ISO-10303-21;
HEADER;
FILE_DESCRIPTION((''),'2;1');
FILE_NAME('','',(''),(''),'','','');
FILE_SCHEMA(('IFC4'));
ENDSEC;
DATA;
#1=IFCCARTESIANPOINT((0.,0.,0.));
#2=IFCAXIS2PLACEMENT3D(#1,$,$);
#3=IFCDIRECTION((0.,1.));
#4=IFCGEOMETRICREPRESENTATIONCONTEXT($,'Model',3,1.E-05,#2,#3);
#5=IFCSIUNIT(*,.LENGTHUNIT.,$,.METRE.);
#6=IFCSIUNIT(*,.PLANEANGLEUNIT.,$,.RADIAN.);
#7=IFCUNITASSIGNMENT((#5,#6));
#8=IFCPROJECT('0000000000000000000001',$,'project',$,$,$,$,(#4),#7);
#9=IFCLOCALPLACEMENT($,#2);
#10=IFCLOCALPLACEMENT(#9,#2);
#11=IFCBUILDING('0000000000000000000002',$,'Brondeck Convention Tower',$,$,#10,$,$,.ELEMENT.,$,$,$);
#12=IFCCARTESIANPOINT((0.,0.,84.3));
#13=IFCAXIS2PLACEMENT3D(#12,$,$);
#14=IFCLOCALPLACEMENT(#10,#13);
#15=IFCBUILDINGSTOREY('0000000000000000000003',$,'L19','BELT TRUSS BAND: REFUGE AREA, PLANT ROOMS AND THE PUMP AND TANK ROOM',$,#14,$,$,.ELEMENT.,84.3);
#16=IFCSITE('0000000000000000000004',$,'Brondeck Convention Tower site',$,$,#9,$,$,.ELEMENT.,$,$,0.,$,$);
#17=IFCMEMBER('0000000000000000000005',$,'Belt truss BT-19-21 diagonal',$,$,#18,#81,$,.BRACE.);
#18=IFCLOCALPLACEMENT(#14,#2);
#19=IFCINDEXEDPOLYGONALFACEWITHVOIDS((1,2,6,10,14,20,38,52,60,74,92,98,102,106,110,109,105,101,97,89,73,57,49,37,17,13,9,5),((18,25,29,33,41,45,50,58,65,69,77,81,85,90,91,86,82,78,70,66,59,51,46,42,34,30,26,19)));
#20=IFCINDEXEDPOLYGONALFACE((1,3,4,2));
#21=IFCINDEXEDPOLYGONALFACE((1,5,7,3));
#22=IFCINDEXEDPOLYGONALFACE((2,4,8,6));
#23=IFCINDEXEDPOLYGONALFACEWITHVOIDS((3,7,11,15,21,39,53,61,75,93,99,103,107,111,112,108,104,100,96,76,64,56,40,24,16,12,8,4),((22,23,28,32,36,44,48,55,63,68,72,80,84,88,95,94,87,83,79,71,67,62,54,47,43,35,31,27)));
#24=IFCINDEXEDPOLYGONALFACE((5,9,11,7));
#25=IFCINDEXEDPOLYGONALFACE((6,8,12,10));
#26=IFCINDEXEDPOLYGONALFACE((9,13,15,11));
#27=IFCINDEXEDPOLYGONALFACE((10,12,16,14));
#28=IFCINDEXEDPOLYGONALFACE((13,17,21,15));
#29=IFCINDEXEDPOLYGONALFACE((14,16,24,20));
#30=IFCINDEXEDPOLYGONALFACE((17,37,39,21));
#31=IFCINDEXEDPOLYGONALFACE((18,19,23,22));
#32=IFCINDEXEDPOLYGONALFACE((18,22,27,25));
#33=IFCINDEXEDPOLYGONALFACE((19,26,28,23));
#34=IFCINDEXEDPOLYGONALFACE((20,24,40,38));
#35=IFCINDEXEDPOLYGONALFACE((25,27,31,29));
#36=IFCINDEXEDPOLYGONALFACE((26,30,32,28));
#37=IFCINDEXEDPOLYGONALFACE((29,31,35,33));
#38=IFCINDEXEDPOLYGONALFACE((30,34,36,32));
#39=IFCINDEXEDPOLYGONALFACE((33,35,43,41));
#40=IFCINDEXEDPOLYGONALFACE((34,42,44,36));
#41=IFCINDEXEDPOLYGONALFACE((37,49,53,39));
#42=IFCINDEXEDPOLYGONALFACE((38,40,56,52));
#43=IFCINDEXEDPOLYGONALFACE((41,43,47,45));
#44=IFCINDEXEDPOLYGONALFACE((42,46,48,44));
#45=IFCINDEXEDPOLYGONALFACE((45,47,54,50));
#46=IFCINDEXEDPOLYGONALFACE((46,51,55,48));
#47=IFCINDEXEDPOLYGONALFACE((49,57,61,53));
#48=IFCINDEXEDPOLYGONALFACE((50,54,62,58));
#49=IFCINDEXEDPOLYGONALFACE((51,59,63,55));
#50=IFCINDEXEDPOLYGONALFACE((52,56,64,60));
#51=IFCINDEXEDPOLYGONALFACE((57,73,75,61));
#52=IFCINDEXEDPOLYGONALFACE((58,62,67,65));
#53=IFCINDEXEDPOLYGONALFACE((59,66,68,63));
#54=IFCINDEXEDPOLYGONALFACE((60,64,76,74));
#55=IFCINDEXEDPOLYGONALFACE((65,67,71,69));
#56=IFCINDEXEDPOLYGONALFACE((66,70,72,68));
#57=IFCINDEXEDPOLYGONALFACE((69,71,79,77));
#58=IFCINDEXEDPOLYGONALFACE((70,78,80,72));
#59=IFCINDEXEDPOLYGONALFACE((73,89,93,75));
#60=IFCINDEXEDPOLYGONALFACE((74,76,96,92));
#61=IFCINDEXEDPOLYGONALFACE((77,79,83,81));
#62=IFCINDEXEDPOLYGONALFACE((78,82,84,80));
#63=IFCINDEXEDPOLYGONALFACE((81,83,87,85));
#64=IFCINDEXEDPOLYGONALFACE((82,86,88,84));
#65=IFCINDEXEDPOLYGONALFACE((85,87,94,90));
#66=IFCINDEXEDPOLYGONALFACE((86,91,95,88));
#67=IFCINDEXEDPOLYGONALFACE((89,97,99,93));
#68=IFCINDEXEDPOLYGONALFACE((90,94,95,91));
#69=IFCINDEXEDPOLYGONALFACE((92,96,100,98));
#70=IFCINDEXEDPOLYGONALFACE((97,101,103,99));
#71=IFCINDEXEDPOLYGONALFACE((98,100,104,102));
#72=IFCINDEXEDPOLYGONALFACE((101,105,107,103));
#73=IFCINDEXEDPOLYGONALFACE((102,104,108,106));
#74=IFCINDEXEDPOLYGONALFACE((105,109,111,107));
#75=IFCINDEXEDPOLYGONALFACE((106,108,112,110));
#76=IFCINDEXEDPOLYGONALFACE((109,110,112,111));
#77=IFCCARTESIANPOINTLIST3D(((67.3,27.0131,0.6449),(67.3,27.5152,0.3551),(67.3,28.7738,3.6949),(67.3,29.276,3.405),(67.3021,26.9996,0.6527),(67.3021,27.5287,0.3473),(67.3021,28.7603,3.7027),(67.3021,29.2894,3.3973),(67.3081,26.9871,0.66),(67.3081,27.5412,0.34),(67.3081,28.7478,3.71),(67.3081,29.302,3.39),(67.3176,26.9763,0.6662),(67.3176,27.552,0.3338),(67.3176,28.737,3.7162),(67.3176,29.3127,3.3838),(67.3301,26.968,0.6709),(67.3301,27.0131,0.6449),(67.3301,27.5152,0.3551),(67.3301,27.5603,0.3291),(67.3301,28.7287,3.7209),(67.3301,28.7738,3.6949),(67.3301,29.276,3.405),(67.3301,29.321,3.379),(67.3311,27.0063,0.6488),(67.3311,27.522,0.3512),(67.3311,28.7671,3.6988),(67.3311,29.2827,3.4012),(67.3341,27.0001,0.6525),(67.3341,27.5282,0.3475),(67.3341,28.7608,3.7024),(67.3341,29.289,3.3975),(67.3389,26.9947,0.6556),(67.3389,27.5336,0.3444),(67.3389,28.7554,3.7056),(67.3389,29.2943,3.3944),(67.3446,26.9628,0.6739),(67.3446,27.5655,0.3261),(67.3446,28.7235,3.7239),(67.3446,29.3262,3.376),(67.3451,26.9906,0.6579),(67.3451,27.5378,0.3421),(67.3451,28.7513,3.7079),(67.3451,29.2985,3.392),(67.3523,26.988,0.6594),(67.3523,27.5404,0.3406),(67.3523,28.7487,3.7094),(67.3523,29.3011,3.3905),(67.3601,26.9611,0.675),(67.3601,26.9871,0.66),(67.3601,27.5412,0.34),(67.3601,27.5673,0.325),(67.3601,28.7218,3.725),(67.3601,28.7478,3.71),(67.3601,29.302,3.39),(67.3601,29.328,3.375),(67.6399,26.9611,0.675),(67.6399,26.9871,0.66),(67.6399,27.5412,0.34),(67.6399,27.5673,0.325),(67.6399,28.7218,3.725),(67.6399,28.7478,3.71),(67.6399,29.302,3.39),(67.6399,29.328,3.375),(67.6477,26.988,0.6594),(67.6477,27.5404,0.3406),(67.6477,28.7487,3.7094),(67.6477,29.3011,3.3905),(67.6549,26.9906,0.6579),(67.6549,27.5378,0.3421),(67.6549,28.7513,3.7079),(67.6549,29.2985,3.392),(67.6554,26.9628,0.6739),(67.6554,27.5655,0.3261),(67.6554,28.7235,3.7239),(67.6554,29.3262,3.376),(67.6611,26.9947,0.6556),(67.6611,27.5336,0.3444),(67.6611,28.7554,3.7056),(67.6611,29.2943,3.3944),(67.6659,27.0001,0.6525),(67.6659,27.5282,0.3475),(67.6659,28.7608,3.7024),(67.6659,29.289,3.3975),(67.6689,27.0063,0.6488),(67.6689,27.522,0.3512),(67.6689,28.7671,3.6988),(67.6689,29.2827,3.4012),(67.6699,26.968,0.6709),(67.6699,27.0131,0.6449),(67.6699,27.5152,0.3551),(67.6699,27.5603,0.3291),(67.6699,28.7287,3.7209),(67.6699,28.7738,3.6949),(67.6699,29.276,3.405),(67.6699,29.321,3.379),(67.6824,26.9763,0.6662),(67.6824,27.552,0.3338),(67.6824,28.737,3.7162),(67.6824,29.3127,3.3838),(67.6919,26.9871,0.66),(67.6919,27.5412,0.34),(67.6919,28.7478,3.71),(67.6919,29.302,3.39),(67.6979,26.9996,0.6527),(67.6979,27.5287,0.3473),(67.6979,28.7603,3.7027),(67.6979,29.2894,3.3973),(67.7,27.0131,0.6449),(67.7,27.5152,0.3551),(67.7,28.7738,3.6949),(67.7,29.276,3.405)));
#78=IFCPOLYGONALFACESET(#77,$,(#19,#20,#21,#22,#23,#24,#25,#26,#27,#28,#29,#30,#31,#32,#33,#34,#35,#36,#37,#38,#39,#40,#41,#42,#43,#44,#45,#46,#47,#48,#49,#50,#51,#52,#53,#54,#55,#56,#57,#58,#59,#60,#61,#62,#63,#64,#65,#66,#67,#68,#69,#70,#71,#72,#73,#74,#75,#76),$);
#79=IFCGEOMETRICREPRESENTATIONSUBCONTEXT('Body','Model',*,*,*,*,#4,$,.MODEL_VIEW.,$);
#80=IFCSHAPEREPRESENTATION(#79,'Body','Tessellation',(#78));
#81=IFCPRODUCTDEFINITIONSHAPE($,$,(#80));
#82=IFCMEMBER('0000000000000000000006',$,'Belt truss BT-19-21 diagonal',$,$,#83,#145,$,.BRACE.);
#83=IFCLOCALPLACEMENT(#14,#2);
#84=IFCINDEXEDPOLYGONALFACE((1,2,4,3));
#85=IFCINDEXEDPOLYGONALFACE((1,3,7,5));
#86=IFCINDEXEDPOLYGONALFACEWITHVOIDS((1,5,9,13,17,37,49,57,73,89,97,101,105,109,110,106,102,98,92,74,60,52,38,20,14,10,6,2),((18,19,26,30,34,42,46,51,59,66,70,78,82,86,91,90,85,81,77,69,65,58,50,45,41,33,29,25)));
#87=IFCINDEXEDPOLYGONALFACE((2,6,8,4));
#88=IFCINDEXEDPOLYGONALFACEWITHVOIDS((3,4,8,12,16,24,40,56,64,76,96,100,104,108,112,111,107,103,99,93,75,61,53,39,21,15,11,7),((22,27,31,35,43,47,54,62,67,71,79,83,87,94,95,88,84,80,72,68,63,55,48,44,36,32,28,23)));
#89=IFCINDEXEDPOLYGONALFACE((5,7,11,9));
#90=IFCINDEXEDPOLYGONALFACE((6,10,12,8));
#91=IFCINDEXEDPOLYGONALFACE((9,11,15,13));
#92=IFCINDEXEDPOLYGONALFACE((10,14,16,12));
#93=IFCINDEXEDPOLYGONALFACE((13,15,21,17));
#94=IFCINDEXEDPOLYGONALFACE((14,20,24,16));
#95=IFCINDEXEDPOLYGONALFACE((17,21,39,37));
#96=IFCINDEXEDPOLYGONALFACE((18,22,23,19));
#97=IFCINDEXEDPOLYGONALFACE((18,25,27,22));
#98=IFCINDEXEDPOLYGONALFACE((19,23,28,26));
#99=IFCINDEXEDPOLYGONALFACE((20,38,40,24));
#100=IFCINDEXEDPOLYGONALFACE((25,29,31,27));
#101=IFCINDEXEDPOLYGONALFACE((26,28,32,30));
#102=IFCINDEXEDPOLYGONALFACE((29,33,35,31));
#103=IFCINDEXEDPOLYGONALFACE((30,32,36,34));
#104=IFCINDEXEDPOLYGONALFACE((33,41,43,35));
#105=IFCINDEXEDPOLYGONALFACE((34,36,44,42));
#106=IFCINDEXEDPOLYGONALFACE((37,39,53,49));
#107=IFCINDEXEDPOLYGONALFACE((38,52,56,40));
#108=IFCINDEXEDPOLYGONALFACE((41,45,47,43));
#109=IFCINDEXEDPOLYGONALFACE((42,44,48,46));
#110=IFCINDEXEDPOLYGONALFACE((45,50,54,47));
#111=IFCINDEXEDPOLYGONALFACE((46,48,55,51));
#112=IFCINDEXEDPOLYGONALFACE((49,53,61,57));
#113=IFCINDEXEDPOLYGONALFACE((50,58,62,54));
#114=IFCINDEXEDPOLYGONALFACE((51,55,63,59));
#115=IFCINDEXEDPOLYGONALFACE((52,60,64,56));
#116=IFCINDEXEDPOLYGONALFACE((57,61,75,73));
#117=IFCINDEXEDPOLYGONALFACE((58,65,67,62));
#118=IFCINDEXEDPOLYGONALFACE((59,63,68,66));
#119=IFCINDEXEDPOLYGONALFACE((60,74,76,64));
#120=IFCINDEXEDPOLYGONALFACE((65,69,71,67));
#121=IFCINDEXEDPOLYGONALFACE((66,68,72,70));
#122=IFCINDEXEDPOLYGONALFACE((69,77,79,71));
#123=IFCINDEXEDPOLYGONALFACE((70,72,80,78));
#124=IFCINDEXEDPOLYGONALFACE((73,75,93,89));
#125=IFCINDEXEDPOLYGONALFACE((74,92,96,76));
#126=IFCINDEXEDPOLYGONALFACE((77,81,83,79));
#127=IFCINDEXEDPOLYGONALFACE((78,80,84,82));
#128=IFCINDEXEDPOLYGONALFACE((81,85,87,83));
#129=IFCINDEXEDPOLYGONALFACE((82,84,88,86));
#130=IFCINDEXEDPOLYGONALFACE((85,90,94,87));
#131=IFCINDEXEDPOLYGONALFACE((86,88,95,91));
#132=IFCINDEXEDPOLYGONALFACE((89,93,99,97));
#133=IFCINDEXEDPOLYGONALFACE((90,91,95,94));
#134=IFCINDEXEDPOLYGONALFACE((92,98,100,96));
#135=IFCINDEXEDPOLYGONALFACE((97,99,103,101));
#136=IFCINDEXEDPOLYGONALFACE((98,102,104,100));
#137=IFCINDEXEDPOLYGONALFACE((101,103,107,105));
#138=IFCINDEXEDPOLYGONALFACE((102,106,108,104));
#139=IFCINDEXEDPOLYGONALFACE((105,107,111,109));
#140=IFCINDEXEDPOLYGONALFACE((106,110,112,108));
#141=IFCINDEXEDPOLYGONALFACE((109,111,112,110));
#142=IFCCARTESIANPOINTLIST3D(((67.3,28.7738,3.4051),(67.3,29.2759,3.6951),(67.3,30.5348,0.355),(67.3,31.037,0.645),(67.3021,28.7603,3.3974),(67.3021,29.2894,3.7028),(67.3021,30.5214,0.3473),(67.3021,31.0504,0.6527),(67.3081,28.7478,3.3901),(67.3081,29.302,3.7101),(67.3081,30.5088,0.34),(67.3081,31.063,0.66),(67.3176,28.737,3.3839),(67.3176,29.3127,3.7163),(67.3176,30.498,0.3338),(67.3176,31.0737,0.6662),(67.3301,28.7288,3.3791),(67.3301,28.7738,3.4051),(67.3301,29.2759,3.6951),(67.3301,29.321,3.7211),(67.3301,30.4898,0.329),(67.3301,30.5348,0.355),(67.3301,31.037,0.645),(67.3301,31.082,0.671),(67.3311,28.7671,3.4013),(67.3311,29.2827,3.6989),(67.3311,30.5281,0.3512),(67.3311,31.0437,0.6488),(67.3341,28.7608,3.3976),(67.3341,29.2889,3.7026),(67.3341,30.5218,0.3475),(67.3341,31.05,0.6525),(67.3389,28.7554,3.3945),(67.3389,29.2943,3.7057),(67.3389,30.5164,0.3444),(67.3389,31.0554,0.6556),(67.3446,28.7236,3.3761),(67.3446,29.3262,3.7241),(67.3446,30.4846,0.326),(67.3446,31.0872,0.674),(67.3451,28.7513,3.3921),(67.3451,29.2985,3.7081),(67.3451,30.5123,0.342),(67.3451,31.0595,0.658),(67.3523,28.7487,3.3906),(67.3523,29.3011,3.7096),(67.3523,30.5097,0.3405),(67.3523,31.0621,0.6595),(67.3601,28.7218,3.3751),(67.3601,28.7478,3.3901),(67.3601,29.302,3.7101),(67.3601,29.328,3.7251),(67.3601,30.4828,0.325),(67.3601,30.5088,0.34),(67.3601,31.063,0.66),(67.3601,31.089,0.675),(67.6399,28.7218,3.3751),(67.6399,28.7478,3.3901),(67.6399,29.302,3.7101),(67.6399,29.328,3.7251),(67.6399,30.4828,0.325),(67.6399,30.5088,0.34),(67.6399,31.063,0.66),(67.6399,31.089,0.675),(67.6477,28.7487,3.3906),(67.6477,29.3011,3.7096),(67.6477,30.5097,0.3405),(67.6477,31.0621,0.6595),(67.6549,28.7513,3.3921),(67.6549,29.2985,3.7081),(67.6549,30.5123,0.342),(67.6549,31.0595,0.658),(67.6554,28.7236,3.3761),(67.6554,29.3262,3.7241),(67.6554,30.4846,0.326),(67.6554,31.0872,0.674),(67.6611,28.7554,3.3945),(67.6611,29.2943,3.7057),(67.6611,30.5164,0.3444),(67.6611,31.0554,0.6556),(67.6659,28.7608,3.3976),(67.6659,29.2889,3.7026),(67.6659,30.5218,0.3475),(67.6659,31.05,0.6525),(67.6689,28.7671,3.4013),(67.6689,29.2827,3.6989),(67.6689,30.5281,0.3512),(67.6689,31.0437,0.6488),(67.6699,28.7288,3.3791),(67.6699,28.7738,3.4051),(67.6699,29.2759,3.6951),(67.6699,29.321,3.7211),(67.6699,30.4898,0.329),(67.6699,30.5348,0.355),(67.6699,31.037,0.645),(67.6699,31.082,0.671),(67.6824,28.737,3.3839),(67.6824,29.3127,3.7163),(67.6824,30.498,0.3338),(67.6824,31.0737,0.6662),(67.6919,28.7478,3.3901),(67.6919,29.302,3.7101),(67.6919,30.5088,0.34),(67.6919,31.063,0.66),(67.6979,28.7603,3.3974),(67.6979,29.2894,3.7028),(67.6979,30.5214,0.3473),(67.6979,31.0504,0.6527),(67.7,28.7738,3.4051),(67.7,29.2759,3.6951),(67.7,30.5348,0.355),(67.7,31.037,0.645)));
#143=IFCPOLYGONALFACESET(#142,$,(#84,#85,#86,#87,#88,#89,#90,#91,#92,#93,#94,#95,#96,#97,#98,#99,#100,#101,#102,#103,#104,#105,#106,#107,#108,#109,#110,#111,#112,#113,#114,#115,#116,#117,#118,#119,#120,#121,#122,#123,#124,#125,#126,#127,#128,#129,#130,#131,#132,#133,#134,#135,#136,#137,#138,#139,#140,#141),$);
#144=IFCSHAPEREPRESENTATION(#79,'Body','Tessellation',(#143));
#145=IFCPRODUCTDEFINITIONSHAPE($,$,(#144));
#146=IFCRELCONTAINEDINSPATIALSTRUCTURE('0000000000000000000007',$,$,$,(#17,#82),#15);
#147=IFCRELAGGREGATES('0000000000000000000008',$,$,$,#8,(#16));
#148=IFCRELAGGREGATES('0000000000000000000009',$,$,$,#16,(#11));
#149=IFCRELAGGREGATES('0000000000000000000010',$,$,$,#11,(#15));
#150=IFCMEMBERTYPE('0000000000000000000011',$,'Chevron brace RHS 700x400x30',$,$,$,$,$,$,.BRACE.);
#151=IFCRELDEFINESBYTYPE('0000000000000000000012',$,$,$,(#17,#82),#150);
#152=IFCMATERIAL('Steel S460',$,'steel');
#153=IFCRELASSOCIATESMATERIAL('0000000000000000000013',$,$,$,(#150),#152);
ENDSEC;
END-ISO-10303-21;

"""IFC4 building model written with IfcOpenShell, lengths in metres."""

from ifc_helpers import new_model, si_unit, direction, frame, origin, origin_2d, place, context, subcontext, project, spatial, hollow_rectangle, extrude, material, material_profile, profile_set, type_object, element, save


model = new_model("IFC4")

# Units and contexts
model_context = context("Model", 3, precision=1e-05, world=origin(), true_north=direction((0.0, 1.0)))
body_context = subcontext(model_context, "Body", "Model", "MODEL_VIEW")
ifc_project = project(units=[si_unit("LENGTHUNIT", "METRE"), si_unit("PLANEANGLEUNIT", "RADIAN")], contexts=[model_context])

# Site, building, storey
site_placement = place(None, origin())
site = spatial("IfcSite", under=ifc_project, at=site_placement, Name="Brondeck Convention Tower site", CompositionType="ELEMENT", RefElevation=0.0)
building_placement = place(site_placement, origin())
building = spatial("IfcBuilding", under=site, at=building_placement, Name="Brondeck Convention Tower", CompositionType="ELEMENT")
storey_placement = place(building_placement, frame((0.0, 0.0, 84.3)))
storey = spatial("IfcBuildingStorey", under=building, at=storey_placement, Name="L19", Description="BELT TRUSS BAND: REFUGE AREA, PLANT ROOMS AND THE PUMP AND TANK ROOM", CompositionType="ELEMENT", Elevation=84.3)

# Members
ifc_material_1 = material(Name="Steel S460", Category="steel")
ifc_material_profile_1 = material_profile(ifc_material_1, hollow_rectangle(XDim=0.3999, YDim=0.7, WallThickness=0.03, InnerFilletRadius=0.03, OuterFilletRadius=0.0601, at=origin_2d()), Name="RHS 700x400x30")
ifc_profile_set_1 = profile_set([ifc_material_profile_1], Name="Steel S460")
member_type_1 = type_object("IfcMemberType", Name="Chevron brace RHS 700x400x30", PredefinedType="BRACE", material=ifc_profile_set_1)
member_1_placement = place(storey_placement, frame((67.5, 27.2642, 0.5), z_axis=(0.0, 0.499956, 0.866051), x_axis=(-1.0, 0.0, 0.0)))
element("IfcMember", 1, at=member_1_placement, inside=storey, type_object=member_type_1, Name="Belt truss BT-19-21 diagonal", PredefinedType="BRACE", context=body_context, shape_type="SweptSolid", body=[
    extrude(hollow_rectangle(XDim=0.3999, YDim=0.7, WallThickness=0.03, InnerFilletRadius=0.03, OuterFilletRadius=0.0601, at=origin_2d()), origin(), (0.0, 0.0, 1.0), 3.5217),
])
for number, where, z_axis, x_axis, name in (
    (2, (67.5, 30.7859, 0.5), (0.0, -0.500008, 0.866021), (1.0, 0.0, 0.0), "Belt truss BT-19-21 diagonal"),
):
    element("IfcMember", number, at=place(storey_placement, frame(where, z_axis=z_axis, x_axis=x_axis)), inside=storey, type_object=member_type_1, Name=name, PredefinedType="BRACE", context=body_context, shape_type="SweptSolid", body=[
        extrude(hollow_rectangle(XDim=0.3999, YDim=0.7, WallThickness=0.03, InnerFilletRadius=0.03, OuterFilletRadius=0.0601, at=origin_2d()), origin(), (0.0, 0.0, 1.0), 3.522),
    ])

save(model, "model.ifc")
